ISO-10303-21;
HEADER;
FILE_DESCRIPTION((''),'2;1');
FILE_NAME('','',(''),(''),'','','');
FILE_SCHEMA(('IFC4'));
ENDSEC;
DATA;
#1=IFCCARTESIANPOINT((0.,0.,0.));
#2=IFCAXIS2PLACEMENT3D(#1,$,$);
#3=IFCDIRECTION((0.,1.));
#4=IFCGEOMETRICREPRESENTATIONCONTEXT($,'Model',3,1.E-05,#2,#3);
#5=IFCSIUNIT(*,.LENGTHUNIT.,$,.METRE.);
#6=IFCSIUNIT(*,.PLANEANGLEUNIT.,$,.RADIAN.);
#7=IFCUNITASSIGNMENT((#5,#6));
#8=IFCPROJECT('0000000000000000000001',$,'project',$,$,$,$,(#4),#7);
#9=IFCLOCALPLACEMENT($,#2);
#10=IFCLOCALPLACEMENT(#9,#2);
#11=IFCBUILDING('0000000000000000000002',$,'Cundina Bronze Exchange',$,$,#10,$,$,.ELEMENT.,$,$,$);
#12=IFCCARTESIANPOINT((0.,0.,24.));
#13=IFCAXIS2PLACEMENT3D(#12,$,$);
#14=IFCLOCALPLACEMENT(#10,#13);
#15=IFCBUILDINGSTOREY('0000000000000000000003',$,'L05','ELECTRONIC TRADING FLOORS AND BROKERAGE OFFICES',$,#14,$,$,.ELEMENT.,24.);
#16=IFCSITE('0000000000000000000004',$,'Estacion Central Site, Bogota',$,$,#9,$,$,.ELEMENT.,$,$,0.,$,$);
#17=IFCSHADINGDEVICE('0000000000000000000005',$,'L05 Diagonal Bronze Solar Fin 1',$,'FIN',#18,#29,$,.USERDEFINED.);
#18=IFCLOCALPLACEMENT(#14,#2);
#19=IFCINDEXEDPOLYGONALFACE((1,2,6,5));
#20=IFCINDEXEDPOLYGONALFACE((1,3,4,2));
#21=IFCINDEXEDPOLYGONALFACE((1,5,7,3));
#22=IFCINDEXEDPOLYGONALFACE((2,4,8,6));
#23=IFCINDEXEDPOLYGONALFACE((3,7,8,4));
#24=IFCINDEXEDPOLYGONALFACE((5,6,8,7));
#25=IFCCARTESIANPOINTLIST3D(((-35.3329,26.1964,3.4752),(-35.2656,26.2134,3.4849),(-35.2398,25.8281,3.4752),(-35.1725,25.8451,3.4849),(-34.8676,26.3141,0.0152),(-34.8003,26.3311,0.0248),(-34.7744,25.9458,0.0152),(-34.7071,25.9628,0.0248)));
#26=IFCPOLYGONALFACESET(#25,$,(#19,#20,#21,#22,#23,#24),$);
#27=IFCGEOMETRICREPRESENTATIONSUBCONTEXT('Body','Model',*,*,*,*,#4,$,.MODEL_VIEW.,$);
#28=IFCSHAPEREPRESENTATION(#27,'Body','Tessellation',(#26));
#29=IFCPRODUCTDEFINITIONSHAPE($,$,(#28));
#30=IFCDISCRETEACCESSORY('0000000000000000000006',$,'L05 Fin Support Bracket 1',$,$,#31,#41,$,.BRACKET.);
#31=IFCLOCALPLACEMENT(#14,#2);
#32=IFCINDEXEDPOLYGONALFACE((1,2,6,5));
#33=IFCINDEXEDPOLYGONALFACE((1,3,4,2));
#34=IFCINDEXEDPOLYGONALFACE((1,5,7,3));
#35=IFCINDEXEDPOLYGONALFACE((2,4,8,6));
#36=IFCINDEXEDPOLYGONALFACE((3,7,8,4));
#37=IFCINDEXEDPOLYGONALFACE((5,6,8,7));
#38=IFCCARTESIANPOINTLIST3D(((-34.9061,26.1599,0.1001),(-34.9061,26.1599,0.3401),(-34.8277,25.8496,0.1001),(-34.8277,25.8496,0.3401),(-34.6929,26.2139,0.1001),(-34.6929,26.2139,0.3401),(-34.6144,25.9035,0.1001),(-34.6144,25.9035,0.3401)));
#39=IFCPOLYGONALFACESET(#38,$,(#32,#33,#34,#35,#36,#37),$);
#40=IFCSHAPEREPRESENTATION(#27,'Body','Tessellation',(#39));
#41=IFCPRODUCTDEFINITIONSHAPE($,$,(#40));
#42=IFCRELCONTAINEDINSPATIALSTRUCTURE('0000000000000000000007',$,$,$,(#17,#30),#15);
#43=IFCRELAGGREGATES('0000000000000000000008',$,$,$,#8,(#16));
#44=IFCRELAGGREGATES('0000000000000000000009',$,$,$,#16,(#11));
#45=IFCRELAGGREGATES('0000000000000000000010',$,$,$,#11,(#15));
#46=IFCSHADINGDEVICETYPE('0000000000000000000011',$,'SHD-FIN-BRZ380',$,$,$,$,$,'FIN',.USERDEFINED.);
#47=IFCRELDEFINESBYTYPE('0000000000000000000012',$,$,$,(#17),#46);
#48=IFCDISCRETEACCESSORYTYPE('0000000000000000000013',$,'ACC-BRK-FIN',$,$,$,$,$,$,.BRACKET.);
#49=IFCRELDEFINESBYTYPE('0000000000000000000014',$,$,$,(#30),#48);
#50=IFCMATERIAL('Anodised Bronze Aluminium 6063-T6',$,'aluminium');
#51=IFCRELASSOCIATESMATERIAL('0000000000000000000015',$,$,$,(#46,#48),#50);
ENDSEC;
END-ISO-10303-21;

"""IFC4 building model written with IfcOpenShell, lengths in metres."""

from ifc_helpers import new_model, si_unit, direction, frame, origin, origin_2d, place, context, subcontext, project, spatial, rectangle, extrude, material, material_profile, profile_set, type_object, element, save


model = new_model("IFC4")

# Units and contexts
model_context = context("Model", 3, precision=1e-05, world=origin(), true_north=direction((0.0, 1.0)))
body_context = subcontext(model_context, "Body", "Model", "MODEL_VIEW")
ifc_project = project(units=[si_unit("LENGTHUNIT", "METRE"), si_unit("PLANEANGLEUNIT", "RADIAN")], contexts=[model_context])

# Site, building, storey
site_placement = place(None, origin())
site = spatial("IfcSite", under=ifc_project, at=site_placement, Name="Estacion Central Site, Bogota", CompositionType="ELEMENT", RefElevation=0.0)
building_placement = place(site_placement, origin())
building = spatial("IfcBuilding", under=site, at=building_placement, Name="Cundina Bronze Exchange", CompositionType="ELEMENT")
storey_placement = place(building_placement, frame((0.0, 0.0, 24.0)))
storey = spatial("IfcBuildingStorey", under=building, at=storey_placement, Name="L05", Description="ELECTRONIC TRADING FLOORS AND BROKERAGE OFFICES", CompositionType="ELEMENT", Elevation=24.0)

# Shared definitions
ifc_material_1 = material(Name="Anodised Bronze Aluminium 6063-T6", Category="aluminium")

# Shading device
ifc_material_profile_1 = material_profile(ifc_material_1, rectangle(XDim=0.0701, YDim=0.3799, at=origin_2d()), Name="FIN70X380", Category="aluminium")
ifc_profile_set_1 = profile_set([ifc_material_profile_1], Name="Anodised Bronze Aluminium 6063-T6")
shading_device_type = type_object("IfcShadingDeviceType", Name="SHD-FIN-BRZ380", ElementType="FIN", PredefinedType="USERDEFINED", material=ifc_profile_set_1)
shading_device_placement = place(storey_placement, frame((-34.7874, 26.1384, 0.02), z_axis=(-0.133215, -0.033688, 0.990514), x_axis=(0.960285, 0.242842, 0.137408)))
element("IfcShadingDevice", 1, at=shading_device_placement, inside=storey, type_object=shading_device_type, Name="L05 Diagonal Bronze Solar Fin 1", ObjectType="FIN", PredefinedType="USERDEFINED", context=body_context, shape_type="SweptSolid", body=[
    extrude(rectangle(XDim=0.0701, YDim=0.3799, at=origin_2d()), origin(), (0.0, 0.0, 1.0), 3.4932),
])

# Discrete accessory
discrete_accessory_type = type_object("IfcDiscreteAccessoryType", Name="ACC-BRK-FIN", PredefinedType="BRACKET", material=ifc_material_1)
discrete_accessory_placement = place(storey_placement, frame((-34.7603, 26.0317, 0.1001), z_axis=(0.0, 0.0, 1.0), x_axis=(-0.969488, -0.245138, 0.0)))
element("IfcDiscreteAccessory", 2, at=discrete_accessory_placement, inside=storey, type_object=discrete_accessory_type, Name="L05 Fin Support Bracket 1", PredefinedType="BRACKET", context=body_context, shape_type="SweptSolid", body=[
    extrude(rectangle(XDim=0.22, YDim=0.3201, at=origin_2d()), origin(), (0.0, 0.0, 1.0), 0.24),
])

save(model, "model.ifc")
